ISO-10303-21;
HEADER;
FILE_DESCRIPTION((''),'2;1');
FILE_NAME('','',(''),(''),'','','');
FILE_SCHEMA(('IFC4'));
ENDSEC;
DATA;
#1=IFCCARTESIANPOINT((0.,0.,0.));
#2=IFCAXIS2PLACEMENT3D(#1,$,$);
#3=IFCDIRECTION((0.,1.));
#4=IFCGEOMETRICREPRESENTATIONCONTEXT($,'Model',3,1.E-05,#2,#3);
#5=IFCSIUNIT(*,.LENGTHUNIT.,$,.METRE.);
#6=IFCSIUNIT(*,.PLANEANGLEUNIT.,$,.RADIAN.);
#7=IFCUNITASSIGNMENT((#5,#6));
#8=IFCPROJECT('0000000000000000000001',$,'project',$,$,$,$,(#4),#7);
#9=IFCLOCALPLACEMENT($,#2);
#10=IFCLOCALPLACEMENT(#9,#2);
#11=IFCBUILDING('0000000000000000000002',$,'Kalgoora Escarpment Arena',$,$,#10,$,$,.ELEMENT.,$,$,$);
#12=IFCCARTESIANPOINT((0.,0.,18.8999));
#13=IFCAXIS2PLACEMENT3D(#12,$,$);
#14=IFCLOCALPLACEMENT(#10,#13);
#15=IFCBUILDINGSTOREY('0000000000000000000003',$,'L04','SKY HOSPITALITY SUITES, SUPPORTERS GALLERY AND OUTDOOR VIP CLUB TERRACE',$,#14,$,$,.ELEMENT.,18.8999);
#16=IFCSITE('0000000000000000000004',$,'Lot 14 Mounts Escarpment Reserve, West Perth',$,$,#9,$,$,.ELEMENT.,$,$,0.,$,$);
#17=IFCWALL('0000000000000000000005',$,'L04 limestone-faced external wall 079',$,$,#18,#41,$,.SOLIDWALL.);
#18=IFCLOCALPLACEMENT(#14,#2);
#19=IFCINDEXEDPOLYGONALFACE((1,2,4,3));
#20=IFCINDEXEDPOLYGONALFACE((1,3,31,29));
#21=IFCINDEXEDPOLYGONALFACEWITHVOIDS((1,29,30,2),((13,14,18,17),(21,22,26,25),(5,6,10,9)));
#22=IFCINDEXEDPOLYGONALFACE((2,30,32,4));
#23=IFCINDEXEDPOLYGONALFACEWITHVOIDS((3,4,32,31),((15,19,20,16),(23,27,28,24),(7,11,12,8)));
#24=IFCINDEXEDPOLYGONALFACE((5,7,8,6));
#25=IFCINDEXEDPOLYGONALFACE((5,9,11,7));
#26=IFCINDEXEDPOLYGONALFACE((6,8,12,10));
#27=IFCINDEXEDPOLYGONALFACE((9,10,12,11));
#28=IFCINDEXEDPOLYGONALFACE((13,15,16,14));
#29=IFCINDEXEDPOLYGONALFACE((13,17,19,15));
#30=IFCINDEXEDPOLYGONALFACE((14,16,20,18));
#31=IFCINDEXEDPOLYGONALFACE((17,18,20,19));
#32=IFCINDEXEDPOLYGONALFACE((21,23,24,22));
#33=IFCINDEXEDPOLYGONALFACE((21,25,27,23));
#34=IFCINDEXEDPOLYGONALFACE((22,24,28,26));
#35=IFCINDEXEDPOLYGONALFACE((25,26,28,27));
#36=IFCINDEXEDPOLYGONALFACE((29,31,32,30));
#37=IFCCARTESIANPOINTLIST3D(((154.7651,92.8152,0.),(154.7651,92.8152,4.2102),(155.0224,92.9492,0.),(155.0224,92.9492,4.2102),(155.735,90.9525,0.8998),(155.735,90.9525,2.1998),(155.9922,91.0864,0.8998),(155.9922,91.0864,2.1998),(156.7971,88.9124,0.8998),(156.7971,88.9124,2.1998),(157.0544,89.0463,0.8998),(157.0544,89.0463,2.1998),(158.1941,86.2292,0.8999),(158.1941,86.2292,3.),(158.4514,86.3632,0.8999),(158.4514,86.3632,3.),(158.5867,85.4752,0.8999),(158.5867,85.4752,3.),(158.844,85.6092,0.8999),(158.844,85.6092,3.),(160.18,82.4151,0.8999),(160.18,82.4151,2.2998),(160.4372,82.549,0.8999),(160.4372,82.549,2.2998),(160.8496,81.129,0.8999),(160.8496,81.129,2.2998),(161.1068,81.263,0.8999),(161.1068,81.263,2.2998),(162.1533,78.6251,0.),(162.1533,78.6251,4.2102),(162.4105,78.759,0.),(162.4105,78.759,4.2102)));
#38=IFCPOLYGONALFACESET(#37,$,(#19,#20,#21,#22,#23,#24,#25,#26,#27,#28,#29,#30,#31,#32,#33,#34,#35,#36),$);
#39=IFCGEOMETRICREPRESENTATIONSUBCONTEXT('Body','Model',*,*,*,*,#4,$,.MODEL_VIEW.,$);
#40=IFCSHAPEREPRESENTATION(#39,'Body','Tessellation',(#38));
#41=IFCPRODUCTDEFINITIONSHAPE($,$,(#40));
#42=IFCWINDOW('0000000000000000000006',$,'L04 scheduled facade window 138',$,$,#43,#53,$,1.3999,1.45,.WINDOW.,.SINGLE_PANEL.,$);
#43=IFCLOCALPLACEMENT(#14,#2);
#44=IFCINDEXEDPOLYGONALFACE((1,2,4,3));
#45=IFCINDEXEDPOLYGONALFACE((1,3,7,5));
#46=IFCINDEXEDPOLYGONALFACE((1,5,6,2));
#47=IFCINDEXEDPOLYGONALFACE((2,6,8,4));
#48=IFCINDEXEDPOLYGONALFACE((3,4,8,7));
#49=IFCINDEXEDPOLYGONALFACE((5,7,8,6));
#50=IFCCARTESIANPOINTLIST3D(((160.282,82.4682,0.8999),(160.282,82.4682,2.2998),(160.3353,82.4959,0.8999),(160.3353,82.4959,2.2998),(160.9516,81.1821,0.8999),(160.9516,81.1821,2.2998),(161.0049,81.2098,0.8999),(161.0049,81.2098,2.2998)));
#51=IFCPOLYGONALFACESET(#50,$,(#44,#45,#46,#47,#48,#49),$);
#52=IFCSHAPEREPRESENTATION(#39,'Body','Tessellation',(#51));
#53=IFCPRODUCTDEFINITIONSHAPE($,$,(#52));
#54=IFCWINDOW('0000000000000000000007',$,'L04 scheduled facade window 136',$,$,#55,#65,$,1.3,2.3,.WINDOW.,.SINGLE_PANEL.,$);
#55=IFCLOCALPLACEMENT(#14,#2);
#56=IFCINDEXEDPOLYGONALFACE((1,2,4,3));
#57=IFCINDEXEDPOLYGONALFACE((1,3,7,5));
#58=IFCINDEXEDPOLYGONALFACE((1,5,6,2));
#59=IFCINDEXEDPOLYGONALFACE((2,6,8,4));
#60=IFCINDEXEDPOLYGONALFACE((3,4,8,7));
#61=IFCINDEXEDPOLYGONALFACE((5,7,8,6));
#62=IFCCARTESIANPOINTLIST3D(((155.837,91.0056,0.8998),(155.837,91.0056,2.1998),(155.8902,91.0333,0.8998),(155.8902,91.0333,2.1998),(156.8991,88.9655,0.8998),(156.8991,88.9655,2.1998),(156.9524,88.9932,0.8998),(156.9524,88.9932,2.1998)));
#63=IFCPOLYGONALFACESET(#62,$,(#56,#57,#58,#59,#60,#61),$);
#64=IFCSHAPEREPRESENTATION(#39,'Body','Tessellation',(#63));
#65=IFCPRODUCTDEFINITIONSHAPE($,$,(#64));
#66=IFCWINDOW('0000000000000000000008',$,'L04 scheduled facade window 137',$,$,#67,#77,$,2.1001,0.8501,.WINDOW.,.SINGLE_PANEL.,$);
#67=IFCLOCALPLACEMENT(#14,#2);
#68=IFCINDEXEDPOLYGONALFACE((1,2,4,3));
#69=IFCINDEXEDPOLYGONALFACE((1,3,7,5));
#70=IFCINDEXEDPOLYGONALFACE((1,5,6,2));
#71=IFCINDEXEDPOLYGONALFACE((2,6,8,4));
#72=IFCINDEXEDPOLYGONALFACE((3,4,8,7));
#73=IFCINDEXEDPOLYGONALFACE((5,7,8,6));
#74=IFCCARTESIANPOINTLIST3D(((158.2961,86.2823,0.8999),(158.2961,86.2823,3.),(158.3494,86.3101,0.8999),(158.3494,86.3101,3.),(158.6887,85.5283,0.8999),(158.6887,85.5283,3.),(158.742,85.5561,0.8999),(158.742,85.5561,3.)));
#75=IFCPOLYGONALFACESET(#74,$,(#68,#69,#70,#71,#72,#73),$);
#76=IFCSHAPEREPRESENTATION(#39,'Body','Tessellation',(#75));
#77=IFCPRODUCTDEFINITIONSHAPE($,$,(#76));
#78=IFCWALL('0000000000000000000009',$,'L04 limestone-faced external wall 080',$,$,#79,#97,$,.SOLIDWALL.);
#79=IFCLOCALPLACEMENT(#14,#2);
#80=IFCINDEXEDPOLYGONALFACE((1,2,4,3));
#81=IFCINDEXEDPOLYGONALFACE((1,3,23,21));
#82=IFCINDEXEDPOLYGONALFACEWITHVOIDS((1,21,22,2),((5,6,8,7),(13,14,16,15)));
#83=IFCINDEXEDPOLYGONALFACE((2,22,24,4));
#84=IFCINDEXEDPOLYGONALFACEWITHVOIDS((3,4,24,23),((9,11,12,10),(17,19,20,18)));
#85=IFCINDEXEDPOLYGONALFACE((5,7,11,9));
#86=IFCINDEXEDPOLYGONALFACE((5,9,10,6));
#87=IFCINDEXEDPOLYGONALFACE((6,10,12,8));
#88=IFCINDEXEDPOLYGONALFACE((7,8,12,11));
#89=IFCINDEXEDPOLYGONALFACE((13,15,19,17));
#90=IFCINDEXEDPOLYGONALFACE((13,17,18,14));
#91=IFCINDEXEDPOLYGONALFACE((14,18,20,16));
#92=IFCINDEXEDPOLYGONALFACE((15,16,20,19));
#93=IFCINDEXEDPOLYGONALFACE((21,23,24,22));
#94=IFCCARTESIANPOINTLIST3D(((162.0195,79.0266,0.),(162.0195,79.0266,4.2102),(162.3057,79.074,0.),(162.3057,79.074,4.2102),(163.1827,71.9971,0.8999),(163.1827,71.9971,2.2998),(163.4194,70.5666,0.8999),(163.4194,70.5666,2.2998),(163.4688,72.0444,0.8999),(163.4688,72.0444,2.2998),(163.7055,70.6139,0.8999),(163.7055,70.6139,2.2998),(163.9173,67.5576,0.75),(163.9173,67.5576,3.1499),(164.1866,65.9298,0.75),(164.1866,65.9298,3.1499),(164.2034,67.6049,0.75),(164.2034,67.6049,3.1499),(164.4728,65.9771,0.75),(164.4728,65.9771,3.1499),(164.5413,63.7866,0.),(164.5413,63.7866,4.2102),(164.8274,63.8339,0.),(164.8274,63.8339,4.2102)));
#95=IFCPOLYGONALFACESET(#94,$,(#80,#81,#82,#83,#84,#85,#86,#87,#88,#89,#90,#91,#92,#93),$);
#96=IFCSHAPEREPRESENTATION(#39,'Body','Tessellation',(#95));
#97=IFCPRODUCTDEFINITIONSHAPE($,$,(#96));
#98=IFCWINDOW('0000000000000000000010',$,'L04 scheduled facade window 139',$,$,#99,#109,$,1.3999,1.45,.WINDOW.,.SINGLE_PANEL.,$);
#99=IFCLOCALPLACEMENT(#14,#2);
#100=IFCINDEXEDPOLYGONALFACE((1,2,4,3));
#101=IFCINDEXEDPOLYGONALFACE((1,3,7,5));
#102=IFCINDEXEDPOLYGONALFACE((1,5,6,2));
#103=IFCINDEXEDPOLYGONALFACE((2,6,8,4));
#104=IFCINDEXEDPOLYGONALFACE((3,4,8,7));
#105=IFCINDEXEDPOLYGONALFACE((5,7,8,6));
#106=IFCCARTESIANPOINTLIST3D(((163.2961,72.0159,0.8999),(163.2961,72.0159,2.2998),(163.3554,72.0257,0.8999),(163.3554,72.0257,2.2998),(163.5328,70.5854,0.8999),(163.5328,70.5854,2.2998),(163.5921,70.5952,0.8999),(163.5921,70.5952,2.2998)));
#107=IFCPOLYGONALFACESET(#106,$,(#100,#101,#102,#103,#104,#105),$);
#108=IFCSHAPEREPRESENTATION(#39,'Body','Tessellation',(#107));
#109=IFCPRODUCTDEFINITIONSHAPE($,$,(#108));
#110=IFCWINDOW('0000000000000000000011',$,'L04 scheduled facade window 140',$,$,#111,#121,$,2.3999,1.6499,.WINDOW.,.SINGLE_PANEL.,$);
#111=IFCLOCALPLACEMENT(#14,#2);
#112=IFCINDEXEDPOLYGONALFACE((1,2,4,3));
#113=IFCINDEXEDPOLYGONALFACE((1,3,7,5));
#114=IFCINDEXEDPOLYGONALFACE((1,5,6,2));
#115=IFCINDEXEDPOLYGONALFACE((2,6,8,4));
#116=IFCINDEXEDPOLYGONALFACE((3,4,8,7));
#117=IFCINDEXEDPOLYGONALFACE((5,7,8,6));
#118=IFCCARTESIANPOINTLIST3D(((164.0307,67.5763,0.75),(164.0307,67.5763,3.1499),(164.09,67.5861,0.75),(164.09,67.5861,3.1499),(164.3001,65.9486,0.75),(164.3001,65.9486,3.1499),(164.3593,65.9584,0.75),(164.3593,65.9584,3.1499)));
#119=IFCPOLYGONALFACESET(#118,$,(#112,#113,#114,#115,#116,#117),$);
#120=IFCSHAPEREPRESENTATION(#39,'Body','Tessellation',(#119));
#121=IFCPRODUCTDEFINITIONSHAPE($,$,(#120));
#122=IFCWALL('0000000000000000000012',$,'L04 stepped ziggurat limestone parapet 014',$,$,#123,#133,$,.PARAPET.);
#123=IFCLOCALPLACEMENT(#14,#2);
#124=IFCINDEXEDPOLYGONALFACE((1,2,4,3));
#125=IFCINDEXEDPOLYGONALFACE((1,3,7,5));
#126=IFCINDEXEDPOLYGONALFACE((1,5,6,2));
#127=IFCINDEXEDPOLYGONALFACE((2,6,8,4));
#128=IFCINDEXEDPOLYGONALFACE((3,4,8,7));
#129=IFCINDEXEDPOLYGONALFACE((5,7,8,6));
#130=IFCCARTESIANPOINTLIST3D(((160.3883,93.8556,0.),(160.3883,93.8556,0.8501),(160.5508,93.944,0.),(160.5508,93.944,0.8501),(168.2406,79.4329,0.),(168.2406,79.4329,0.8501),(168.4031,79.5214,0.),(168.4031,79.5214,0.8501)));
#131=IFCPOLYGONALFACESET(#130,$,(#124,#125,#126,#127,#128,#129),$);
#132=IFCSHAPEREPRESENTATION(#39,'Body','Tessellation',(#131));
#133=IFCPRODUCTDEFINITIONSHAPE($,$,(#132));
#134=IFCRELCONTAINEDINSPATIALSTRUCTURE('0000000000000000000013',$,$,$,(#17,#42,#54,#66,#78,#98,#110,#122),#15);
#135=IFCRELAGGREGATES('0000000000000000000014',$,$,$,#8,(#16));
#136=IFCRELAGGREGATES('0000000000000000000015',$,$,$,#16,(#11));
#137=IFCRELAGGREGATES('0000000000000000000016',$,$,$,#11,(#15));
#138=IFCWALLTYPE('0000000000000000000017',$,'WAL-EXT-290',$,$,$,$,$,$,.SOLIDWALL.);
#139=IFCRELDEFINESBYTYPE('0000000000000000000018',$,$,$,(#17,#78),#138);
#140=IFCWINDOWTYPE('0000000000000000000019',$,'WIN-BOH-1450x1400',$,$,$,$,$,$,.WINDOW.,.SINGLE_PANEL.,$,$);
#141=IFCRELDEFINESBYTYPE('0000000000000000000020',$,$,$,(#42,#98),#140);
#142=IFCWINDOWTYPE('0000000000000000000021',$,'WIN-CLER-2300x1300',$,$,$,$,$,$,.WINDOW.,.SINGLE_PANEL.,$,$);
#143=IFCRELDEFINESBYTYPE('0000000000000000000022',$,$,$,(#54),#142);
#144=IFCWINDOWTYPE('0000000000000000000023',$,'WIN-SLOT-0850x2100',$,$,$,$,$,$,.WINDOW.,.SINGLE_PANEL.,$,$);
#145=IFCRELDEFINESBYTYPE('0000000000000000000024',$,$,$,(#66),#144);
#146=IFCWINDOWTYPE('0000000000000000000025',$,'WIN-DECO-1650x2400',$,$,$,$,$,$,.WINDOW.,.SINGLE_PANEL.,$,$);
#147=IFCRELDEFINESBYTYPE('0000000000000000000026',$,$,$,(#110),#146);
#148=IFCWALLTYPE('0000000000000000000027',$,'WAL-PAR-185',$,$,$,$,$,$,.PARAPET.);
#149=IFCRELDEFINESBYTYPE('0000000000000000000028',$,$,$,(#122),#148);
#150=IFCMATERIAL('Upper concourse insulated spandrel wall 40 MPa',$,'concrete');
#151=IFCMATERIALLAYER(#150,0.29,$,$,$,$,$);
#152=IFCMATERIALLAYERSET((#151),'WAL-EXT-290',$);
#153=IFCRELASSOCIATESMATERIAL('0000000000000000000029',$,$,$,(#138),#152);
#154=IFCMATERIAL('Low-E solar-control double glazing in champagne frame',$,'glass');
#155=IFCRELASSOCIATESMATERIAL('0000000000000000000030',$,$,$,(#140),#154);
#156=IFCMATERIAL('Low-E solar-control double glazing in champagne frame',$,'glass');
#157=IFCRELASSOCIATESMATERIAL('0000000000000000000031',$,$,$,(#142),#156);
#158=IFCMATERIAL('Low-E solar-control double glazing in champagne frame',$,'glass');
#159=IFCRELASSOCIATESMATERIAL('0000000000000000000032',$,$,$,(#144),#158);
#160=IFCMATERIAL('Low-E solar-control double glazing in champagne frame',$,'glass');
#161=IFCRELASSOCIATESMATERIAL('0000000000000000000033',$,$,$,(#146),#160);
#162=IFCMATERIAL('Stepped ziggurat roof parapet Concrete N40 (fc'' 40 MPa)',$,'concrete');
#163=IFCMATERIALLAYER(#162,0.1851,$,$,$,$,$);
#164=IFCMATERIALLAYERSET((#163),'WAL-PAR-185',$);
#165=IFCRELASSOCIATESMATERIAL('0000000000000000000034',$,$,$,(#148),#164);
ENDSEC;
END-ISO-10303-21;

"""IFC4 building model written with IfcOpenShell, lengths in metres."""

from ifc_helpers import new_model, si_unit, direction, frame, frame_2d, origin, place, context, subcontext, project, spatial, rectangle, extrude, material, layer, layer_set, type_object, element, fill, save


model = new_model("IFC4")

# Units and contexts
model_context = context("Model", 3, precision=1e-05, world=origin(), true_north=direction((0.0, 1.0)))
body_context = subcontext(model_context, "Body", "Model", "MODEL_VIEW")
ifc_project = project(units=[si_unit("LENGTHUNIT", "METRE"), si_unit("PLANEANGLEUNIT", "RADIAN")], contexts=[model_context])

# Site, building, storey
site_placement = place(None, origin())
site = spatial("IfcSite", under=ifc_project, at=site_placement, Name="Lot 14 Mounts Escarpment Reserve, West Perth", CompositionType="ELEMENT", RefElevation=0.0)
building_placement = place(site_placement, origin())
building = spatial("IfcBuilding", under=site, at=building_placement, Name="Kalgoora Escarpment Arena", CompositionType="ELEMENT")
storey_placement = place(building_placement, frame((0.0, 0.0, 18.8999)))
storey = spatial("IfcBuildingStorey", under=building, at=storey_placement, Name="L04", Description="SKY HOSPITALITY SUITES, SUPPORTERS GALLERY AND OUTDOOR VIP CLUB TERRACE", CompositionType="ELEMENT", Elevation=18.8999)

# Walls, openings, windows
ifc_material_1 = material(Name="Upper concourse insulated spandrel wall 40 MPa", Category="concrete")
ifc_layer_1 = layer(ifc_material_1, 0.29)
ifc_layer_set_1 = layer_set([ifc_layer_1], Name="WAL-EXT-290")
wall_type_1 = type_object("IfcWallType", Name="WAL-EXT-290", PredefinedType="SOLIDWALL", material=ifc_layer_set_1)
wall_1_placement = place(storey_placement, frame((154.8938, 92.8821, 0.0), z_axis=(0.0, 0.0, 1.0), x_axis=(0.46181, -0.886979, 0.0)))
wall_1 = element("IfcWall", 1, at=wall_1_placement, inside=storey, type_object=wall_type_1, Name="L04 limestone-faced external wall 079", PredefinedType="SOLIDWALL", context=body_context, shape_type="SweptSolid", body=[
    extrude(rectangle(XDim=15.9983, YDim=0.29, at=frame_2d((7.999, 0.0))), origin(), (0.0, 0.0, 1.0), 4.2102),
])
opening_1_placement = place(wall_1_placement, frame((2.1001, 0.0, 0.8999)))
opening_1 = element("IfcOpeningElement", 2, at=opening_1_placement, cuts=wall_1, PredefinedType="OPENING", context=body_context, shape_type="SweptSolid", body=[
    extrude(rectangle(XDim=2.3, YDim=1.3, at=frame_2d((1.1499, 0.6499))), frame((0.0, 0.155, 0.0), z_axis=(0.0, -1.0, 0.0), x_axis=(1.0, 0.0, 0.0)), (0.0, 0.0, 1.0), 0.3101),
])
opening_2_placement = place(wall_1_placement, frame((7.425, 0.0, 0.8999)))
opening_2 = element("IfcOpeningElement", 3, at=opening_2_placement, cuts=wall_1, PredefinedType="OPENING", context=body_context, shape_type="SweptSolid", body=[
    extrude(rectangle(XDim=0.8501, YDim=2.1001, at=frame_2d((0.425, 1.05))), frame((0.0, 0.155, 0.0), z_axis=(0.0, -1.0, 0.0), x_axis=(1.0, 0.0, 0.0)), (0.0, 0.0, 1.0), 0.3101),
])
opening_3_placement = place(wall_1_placement, frame((11.7251, 0.0, 0.8999)))
opening_3 = element("IfcOpeningElement", 4, at=opening_3_placement, cuts=wall_1, PredefinedType="OPENING", context=body_context, shape_type="SweptSolid", body=[
    extrude(rectangle(XDim=1.45, YDim=1.3999, at=frame_2d((0.7251, 0.7))), frame((0.0, 0.155, 0.0), z_axis=(0.0, -1.0, 0.0), x_axis=(1.0, 0.0, 0.0)), (0.0, 0.0, 1.0), 0.3101),
])
ifc_material_2 = material(Name="Low-E solar-control double glazing in champagne frame", Category="glass")
window_type_1 = type_object("IfcWindowType", Name="WIN-BOH-1450x1400", PartitioningType="SINGLE_PANEL", PredefinedType="WINDOW", material=ifc_material_2)
window_1_placement = place(opening_3_placement, origin())
window_1 = element("IfcWindow", 5, at=window_1_placement, inside=storey, type_object=window_type_1, Name="L04 scheduled facade window 138", OverallHeight=1.3999, OverallWidth=1.45, PartitioningType="SINGLE_PANEL", PredefinedType="WINDOW", context=body_context, shape_type="SweptSolid", body=[
    extrude(rectangle(XDim=1.45, YDim=1.3999, at=frame_2d((0.7251, 0.7))), frame((0.0, 0.03, 0.0), z_axis=(0.0, -1.0, 0.0), x_axis=(1.0, 0.0, 0.0)), (0.0, 0.0, 1.0), 0.0601),
])
fill(opening_3, window_1)
ifc_material_3 = material(Name="Low-E solar-control double glazing in champagne frame", Category="glass")
window_type_2 = type_object("IfcWindowType", Name="WIN-CLER-2300x1300", PartitioningType="SINGLE_PANEL", PredefinedType="WINDOW", material=ifc_material_3)
window_2_placement = place(opening_1_placement, origin())
window_2 = element("IfcWindow", 6, at=window_2_placement, inside=storey, type_object=window_type_2, Name="L04 scheduled facade window 136", OverallHeight=1.3, OverallWidth=2.3, PartitioningType="SINGLE_PANEL", PredefinedType="WINDOW", context=body_context, shape_type="SweptSolid", body=[
    extrude(rectangle(XDim=2.3, YDim=1.3, at=frame_2d((1.1499, 0.6499))), frame((0.0, 0.03, 0.0), z_axis=(0.0, -1.0, 0.0), x_axis=(1.0, 0.0, 0.0)), (0.0, 0.0, 1.0), 0.0601),
])
fill(opening_1, window_2)
ifc_material_4 = material(Name="Low-E solar-control double glazing in champagne frame", Category="glass")
window_type_3 = type_object("IfcWindowType", Name="WIN-SLOT-0850x2100", PartitioningType="SINGLE_PANEL", PredefinedType="WINDOW", material=ifc_material_4)
window_3_placement = place(opening_2_placement, origin())
window_3 = element("IfcWindow", 7, at=window_3_placement, inside=storey, type_object=window_type_3, Name="L04 scheduled facade window 137", OverallHeight=2.1001, OverallWidth=0.8501, PartitioningType="SINGLE_PANEL", PredefinedType="WINDOW", context=body_context, shape_type="SweptSolid", body=[
    extrude(rectangle(XDim=0.8501, YDim=2.1001, at=frame_2d((0.425, 1.05))), frame((0.0, 0.03, 0.0), z_axis=(0.0, -1.0, 0.0), x_axis=(1.0, 0.0, 0.0)), (0.0, 0.0, 1.0), 0.0601),
])
fill(opening_2, window_3)
wall_2_placement = place(storey_placement, frame((162.1626, 79.0503, 0.0), z_axis=(0.0, 0.0, 1.0), x_axis=(0.163248, -0.986585, 0.0)))
wall_2 = element("IfcWall", 8, at=wall_2_placement, inside=storey, type_object=wall_type_1, Name="L04 limestone-faced external wall 080", PredefinedType="SOLIDWALL", context=body_context, shape_type="SweptSolid", body=[
    extrude(rectangle(XDim=15.4473, YDim=0.29, at=frame_2d((7.7236, 0.0))), origin(), (0.0, 0.0, 1.0), 4.2102),
])
opening_4_placement = place(wall_2_placement, frame((7.125, 0.0, 0.8999)))
opening_4 = element("IfcOpeningElement", 9, at=opening_4_placement, cuts=wall_2, PredefinedType="OPENING", context=body_context, shape_type="SweptSolid", body=[
    extrude(rectangle(XDim=1.45, YDim=1.3999, at=frame_2d((0.7251, 0.7))), frame((0.0, 0.155, 0.0), z_axis=(0.0, -1.0, 0.0), x_axis=(1.0, 0.0, 0.0)), (0.0, 0.0, 1.0), 0.3101),
])
opening_5_placement = place(wall_2_placement, frame((11.625, 0.0, 0.75)))
opening_5 = element("IfcOpeningElement", 10, at=opening_5_placement, cuts=wall_2, PredefinedType="OPENING", context=body_context, shape_type="SweptSolid", body=[
    extrude(rectangle(XDim=1.6499, YDim=2.3999, at=frame_2d((0.825, 1.2))), frame((0.0, 0.155, 0.0), z_axis=(0.0, -1.0, 0.0), x_axis=(1.0, 0.0, 0.0)), (0.0, 0.0, 1.0), 0.3101),
])
window_4_placement = place(opening_4_placement, origin())
window_4 = element("IfcWindow", 11, at=window_4_placement, inside=storey, type_object=window_type_1, Name="L04 scheduled facade window 139", OverallHeight=1.3999, OverallWidth=1.45, PartitioningType="SINGLE_PANEL", PredefinedType="WINDOW", context=body_context, shape_type="SweptSolid", body=[
    extrude(rectangle(XDim=1.45, YDim=1.3999, at=frame_2d((0.7251, 0.7))), frame((0.0, 0.03, 0.0), z_axis=(0.0, -1.0, 0.0), x_axis=(1.0, 0.0, 0.0)), (0.0, 0.0, 1.0), 0.0601),
])
fill(opening_4, window_4)
ifc_material_5 = material(Name="Low-E solar-control double glazing in champagne frame", Category="glass")
window_type_4 = type_object("IfcWindowType", Name="WIN-DECO-1650x2400", PartitioningType="SINGLE_PANEL", PredefinedType="WINDOW", material=ifc_material_5)
window_5_placement = place(opening_5_placement, origin())
window_5 = element("IfcWindow", 12, at=window_5_placement, inside=storey, type_object=window_type_4, Name="L04 scheduled facade window 140", OverallHeight=2.3999, OverallWidth=1.6499, PartitioningType="SINGLE_PANEL", PredefinedType="WINDOW", context=body_context, shape_type="SweptSolid", body=[
    extrude(rectangle(XDim=1.6499, YDim=2.3999, at=frame_2d((0.825, 1.2))), frame((0.0, 0.03, 0.0), z_axis=(0.0, -1.0, 0.0), x_axis=(1.0, 0.0, 0.0)), (0.0, 0.0, 1.0), 0.0601),
])
fill(opening_5, window_5)

# Wall
ifc_material_6 = material(Name="Stepped ziggurat roof parapet Concrete N40 (fc' 40 MPa)", Category="concrete")
ifc_layer_2 = layer(ifc_material_6, 0.1851)
ifc_layer_set_2 = layer_set([ifc_layer_2], Name="WAL-PAR-185")
wall_type_2 = type_object("IfcWallType", Name="WAL-PAR-185", PredefinedType="PARAPET", material=ifc_layer_set_2)
wall_3_placement = place(storey_placement, frame((160.4695, 93.8999, 0.0), z_axis=(0.0, 0.0, 1.0), x_axis=(0.478168, -0.878269, 0.0)))
element("IfcWall", 13, at=wall_3_placement, inside=storey, type_object=wall_type_2, Name="L04 stepped ziggurat limestone parapet 014", PredefinedType="PARAPET", context=body_context, shape_type="SweptSolid", body=[
    extrude(rectangle(XDim=16.4216, YDim=0.1851, at=frame_2d((8.2109, 0.0))), origin(), (0.0, 0.0, 1.0), 0.8501),
])

save(model, "model.ifc")
